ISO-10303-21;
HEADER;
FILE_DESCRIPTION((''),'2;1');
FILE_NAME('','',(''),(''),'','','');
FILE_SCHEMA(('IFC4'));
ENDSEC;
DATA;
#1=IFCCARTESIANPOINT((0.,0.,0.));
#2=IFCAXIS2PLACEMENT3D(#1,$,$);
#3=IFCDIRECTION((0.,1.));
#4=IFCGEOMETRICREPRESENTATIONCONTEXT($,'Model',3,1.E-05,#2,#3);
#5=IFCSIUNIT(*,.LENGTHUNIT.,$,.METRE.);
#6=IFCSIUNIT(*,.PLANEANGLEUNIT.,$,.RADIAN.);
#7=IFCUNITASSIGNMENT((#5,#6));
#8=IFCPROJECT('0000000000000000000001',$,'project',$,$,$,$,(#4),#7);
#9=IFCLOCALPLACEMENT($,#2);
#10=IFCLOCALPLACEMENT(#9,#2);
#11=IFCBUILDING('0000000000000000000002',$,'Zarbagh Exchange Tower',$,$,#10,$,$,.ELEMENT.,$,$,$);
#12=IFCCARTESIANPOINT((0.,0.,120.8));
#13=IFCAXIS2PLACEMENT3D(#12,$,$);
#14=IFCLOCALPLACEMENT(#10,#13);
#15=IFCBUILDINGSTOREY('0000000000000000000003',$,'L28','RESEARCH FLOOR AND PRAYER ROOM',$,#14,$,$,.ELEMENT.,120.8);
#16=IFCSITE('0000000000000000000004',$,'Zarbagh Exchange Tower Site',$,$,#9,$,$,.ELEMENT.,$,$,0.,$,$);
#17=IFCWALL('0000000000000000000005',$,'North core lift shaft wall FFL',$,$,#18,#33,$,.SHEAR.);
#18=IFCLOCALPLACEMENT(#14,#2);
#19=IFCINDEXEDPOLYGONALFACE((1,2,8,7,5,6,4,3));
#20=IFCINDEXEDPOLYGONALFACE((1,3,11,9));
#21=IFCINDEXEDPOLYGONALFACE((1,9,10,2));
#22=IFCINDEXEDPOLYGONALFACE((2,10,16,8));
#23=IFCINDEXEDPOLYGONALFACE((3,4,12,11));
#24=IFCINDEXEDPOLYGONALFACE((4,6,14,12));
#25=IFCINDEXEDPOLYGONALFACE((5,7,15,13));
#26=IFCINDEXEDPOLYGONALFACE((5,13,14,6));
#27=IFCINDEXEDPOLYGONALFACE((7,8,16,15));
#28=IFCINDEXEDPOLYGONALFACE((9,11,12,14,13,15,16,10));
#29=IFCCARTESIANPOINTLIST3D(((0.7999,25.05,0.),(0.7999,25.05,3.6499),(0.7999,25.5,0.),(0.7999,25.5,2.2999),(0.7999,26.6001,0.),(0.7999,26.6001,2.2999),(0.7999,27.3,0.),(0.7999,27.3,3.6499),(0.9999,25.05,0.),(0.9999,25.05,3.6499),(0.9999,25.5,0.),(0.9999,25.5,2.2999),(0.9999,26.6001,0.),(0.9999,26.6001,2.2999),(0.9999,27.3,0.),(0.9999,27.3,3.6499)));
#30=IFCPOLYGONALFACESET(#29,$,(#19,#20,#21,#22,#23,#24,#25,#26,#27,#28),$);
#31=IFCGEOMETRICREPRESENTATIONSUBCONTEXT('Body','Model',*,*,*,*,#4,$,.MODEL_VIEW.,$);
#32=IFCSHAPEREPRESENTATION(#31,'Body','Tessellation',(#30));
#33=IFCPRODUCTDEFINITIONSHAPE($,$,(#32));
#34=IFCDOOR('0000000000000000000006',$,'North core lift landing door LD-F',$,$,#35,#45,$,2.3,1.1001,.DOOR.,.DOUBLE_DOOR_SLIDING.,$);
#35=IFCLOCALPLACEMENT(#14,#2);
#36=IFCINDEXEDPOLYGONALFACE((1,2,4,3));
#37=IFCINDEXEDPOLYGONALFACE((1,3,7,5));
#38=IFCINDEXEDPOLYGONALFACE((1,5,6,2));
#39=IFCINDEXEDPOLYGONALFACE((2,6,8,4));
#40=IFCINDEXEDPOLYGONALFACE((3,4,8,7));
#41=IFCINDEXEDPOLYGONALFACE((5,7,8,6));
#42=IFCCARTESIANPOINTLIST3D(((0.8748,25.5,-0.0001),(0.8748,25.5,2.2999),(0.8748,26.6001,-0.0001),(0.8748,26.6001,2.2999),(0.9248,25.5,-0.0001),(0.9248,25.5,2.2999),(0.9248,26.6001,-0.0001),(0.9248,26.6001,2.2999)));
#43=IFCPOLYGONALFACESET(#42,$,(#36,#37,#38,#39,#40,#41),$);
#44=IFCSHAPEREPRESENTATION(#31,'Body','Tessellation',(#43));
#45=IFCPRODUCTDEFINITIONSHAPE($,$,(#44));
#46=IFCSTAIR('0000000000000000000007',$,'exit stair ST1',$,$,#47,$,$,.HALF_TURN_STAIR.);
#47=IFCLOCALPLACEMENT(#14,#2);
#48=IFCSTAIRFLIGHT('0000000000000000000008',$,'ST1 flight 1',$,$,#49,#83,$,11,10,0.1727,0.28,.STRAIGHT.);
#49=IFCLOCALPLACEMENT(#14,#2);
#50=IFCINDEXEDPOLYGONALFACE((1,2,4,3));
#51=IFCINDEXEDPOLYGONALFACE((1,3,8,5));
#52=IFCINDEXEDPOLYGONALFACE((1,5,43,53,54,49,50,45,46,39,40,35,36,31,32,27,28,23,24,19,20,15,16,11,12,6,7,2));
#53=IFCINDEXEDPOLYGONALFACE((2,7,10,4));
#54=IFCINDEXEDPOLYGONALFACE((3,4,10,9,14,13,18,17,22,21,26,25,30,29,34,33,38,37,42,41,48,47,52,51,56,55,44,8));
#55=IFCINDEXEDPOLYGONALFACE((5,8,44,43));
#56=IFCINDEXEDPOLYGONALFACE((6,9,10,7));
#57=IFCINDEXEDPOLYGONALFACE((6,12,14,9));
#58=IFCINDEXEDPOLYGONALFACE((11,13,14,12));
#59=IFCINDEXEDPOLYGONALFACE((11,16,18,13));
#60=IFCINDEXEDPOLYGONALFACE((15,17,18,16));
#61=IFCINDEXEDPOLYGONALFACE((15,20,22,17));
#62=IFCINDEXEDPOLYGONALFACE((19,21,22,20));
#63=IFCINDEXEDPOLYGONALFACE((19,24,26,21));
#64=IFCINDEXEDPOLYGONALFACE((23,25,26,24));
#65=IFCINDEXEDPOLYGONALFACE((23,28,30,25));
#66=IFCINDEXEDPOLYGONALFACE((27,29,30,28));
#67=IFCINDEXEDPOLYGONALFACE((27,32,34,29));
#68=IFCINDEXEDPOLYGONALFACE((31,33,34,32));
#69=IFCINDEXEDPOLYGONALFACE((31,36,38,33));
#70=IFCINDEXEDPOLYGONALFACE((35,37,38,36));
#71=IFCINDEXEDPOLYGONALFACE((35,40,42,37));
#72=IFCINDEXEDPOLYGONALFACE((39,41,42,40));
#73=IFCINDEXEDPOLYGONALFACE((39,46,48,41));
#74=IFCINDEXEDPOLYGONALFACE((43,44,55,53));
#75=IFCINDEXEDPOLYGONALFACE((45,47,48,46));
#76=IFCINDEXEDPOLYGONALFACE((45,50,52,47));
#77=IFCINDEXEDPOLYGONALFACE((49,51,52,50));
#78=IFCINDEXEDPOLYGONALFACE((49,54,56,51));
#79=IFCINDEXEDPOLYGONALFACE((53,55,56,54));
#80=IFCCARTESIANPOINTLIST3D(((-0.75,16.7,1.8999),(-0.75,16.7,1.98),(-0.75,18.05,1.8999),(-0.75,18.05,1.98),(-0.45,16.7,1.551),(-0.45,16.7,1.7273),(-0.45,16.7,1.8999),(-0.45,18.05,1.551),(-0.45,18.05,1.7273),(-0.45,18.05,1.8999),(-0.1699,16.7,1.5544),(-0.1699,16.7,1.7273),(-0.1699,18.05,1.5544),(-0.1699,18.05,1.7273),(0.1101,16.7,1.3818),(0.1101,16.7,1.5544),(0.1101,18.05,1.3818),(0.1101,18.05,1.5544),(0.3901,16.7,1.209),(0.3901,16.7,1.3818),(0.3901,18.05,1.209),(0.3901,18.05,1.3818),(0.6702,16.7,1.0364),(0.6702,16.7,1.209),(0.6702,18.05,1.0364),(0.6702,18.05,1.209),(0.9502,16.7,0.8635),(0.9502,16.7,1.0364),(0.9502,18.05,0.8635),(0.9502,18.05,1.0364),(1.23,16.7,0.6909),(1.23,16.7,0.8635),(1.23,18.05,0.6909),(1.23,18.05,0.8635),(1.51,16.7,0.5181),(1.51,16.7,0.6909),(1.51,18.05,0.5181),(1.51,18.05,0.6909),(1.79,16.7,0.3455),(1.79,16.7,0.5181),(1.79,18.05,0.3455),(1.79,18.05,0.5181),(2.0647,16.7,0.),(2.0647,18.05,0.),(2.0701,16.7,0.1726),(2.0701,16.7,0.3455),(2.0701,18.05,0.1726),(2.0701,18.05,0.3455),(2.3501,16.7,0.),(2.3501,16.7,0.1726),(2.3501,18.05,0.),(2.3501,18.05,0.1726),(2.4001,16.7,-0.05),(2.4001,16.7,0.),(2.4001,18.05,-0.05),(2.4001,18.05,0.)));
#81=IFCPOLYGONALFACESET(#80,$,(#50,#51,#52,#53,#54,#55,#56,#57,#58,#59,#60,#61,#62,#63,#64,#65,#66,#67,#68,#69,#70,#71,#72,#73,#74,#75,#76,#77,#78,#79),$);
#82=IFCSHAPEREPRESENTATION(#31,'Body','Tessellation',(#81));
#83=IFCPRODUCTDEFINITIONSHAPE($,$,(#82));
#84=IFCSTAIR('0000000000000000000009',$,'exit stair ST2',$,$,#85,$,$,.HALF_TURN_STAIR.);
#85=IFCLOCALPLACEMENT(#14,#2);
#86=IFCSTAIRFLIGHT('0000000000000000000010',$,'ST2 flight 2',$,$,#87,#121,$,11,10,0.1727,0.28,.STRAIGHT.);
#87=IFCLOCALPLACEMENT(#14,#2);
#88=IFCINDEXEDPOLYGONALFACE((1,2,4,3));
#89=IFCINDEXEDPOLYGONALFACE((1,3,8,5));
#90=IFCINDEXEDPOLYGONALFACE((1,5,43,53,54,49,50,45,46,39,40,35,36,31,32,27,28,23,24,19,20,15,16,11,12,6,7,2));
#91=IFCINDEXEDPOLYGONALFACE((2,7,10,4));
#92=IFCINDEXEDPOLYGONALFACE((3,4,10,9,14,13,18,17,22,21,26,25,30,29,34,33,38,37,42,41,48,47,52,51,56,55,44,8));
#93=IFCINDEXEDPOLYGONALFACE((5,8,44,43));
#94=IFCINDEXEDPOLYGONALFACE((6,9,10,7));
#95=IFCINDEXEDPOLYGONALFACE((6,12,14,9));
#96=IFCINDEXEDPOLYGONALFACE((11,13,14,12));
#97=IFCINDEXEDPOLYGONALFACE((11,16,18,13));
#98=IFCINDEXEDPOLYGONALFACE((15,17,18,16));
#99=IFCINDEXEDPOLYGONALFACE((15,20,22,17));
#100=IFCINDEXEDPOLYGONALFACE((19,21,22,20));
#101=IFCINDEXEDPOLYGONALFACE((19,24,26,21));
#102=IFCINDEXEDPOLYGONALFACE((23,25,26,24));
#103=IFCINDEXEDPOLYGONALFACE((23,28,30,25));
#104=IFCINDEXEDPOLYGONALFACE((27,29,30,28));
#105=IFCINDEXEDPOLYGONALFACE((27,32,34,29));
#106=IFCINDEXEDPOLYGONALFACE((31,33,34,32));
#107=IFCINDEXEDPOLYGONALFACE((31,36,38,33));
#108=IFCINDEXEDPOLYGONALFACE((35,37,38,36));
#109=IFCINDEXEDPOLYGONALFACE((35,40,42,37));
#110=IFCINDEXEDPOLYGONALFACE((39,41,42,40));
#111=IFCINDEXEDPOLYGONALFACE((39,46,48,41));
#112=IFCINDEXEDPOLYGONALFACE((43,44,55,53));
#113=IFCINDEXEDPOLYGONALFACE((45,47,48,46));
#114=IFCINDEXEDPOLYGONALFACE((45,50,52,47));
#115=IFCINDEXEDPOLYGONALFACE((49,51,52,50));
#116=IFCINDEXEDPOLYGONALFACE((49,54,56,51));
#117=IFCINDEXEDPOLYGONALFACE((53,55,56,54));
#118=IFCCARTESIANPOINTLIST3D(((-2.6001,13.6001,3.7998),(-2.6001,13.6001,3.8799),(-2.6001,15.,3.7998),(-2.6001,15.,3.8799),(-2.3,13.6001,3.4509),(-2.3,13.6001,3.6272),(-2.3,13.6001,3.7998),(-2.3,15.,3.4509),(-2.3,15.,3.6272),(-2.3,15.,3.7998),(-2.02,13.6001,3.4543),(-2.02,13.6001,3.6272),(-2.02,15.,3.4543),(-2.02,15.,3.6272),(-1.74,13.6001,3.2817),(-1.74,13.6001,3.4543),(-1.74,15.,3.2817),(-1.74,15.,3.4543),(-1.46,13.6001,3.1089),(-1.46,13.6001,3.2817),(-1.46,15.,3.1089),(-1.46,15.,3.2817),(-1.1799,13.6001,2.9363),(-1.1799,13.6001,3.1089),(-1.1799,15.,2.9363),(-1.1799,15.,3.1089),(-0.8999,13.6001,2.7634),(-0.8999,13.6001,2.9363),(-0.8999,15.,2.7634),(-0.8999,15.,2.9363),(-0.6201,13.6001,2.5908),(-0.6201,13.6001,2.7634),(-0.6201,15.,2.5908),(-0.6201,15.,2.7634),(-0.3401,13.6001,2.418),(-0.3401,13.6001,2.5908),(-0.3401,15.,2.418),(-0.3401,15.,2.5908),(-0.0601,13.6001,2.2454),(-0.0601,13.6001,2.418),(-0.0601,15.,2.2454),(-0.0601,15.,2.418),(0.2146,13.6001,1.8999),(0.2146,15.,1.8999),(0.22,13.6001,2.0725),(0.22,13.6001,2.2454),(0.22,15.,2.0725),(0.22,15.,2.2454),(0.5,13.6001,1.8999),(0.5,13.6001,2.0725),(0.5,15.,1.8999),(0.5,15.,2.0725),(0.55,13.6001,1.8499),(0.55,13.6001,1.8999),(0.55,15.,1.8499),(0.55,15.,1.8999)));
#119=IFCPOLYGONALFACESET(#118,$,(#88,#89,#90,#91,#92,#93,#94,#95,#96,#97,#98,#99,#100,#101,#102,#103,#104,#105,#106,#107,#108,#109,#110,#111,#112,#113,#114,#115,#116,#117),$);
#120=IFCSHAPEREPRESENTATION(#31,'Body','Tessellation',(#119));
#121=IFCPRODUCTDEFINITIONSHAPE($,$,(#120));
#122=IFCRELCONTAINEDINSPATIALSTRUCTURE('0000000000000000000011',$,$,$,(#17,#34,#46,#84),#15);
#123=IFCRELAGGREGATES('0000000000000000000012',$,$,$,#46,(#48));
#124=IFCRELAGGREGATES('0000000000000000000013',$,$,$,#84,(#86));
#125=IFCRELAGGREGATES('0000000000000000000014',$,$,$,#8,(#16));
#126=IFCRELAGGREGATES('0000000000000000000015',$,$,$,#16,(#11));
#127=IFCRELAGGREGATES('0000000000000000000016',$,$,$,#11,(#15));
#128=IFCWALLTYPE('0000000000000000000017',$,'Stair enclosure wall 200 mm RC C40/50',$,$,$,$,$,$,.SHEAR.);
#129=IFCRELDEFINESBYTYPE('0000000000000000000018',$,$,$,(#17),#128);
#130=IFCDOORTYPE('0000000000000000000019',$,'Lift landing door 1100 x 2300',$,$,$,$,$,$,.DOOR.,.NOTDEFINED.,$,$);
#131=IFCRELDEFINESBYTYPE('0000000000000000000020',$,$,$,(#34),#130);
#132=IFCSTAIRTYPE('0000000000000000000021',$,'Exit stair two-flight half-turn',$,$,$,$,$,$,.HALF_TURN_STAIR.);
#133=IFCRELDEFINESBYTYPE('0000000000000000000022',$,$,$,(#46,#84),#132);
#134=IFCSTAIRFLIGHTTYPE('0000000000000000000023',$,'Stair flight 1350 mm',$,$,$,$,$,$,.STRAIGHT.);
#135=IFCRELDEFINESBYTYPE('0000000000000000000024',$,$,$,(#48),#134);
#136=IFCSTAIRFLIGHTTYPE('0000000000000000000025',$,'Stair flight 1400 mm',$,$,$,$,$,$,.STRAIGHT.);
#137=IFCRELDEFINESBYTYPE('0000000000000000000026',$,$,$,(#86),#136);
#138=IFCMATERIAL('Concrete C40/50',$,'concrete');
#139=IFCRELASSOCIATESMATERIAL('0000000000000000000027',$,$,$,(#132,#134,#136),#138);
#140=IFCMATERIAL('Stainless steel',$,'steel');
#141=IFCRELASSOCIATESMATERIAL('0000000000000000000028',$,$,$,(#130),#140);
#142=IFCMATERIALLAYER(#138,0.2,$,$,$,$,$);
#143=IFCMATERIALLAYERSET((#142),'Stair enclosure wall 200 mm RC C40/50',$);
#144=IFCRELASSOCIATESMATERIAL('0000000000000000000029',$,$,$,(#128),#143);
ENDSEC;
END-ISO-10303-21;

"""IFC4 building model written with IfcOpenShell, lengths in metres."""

from ifc_helpers import new_model, si_unit, direction, frame, frame_2d, origin, place, context, subcontext, project, spatial, polyline, rectangle, outline, extrude, material, layer, layer_set, type_object, element, fill, aggregate, save


model = new_model("IFC4")

# Units and contexts
model_context = context("Model", 3, precision=1e-05, world=origin(), true_north=direction((0.0, 1.0)))
body_context = subcontext(model_context, "Body", "Model", "MODEL_VIEW")
ifc_project = project(units=[si_unit("LENGTHUNIT", "METRE"), si_unit("PLANEANGLEUNIT", "RADIAN")], contexts=[model_context])

# Site, building, storey
site_placement = place(None, origin())
site = spatial("IfcSite", under=ifc_project, at=site_placement, Name="Zarbagh Exchange Tower Site", CompositionType="ELEMENT", RefElevation=0.0)
building_placement = place(site_placement, origin())
building = spatial("IfcBuilding", under=site, at=building_placement, Name="Zarbagh Exchange Tower", CompositionType="ELEMENT")
storey_placement = place(building_placement, frame((0.0, 0.0, 120.8)))
storey = spatial("IfcBuildingStorey", under=building, at=storey_placement, Name="L28", Description="RESEARCH FLOOR AND PRAYER ROOM", CompositionType="ELEMENT", Elevation=120.8)

# Shared definitions
ifc_material_1 = material(Name="Concrete C40/50", Category="concrete")
stair_type = type_object("IfcStairType", Name="Exit stair two-flight half-turn", PredefinedType="HALF_TURN_STAIR", material=ifc_material_1)

# Shared definitions
ifc_material_2 = material(Name="Stainless steel", Category="steel")
door_type_1 = type_object("IfcDoorType", Name="Lift landing door 1100 x 2300", OperationType="NOTDEFINED", PredefinedType="DOOR", material=ifc_material_2)

# Wall, opening, door
ifc_layer_1 = layer(ifc_material_1, 0.2)
ifc_layer_set_1 = layer_set([ifc_layer_1], Name="Stair enclosure wall 200 mm RC C40/50")
wall_type_1 = type_object("IfcWallType", Name="Stair enclosure wall 200 mm RC C40/50", PredefinedType="SHEAR", material=ifc_layer_set_1)
wall_1_placement = place(storey_placement, frame((0.8999, 27.3, 0.0), z_axis=(0.0, 0.0, 1.0), x_axis=(0.0, -1.0, 0.0)))
wall_1 = element("IfcWall", 1, at=wall_1_placement, inside=storey, type_object=wall_type_1, Name="North core lift shaft wall FFL", PredefinedType="SHEAR", context=body_context, shape_type="SweptSolid", body=[
    extrude(rectangle(XDim=2.25, YDim=0.2, at=frame_2d((1.125, 0.0))), origin(), (0.0, 0.0, 1.0), 3.6499),
])
opening_1_placement = place(wall_1_placement, frame((0.7, 0.0, 0.0)))
opening_1 = element("IfcOpeningElement", 2, at=opening_1_placement, cuts=wall_1, PredefinedType="OPENING", context=body_context, shape_type="SweptSolid", body=[
    extrude(rectangle(XDim=1.1001, YDim=2.3, at=frame_2d((0.55, 1.1499))), frame((0.0, 0.1099, 0.0), z_axis=(0.0, -1.0, 0.0), x_axis=(1.0, 0.0, 0.0)), (0.0, 0.0, 1.0), 0.22),
])
door_1_placement = place(opening_1_placement, origin())
door_1 = element("IfcDoor", 3, at=door_1_placement, inside=storey, type_object=door_type_1, Name="North core lift landing door LD-F", OperationType="DOUBLE_DOOR_SLIDING", OverallHeight=2.3, OverallWidth=1.1001, PredefinedType="DOOR", context=body_context, shape_type="SweptSolid", body=[
    extrude(rectangle(XDim=1.1001, YDim=2.3, at=frame_2d((0.55, 1.1499))), frame((0.0, 0.0249, 0.0), z_axis=(0.0, -1.0, 0.0), x_axis=(1.0, 0.0, 0.0)), (0.0, 0.0, 1.0), 0.05),
])
fill(opening_1, door_1)

# Stairs, stair flights
stair_1_placement = place(storey_placement, origin())
stair_1 = element("IfcStair", 4, at=stair_1_placement, inside=storey, type_object=stair_type, Name="exit stair ST1", PredefinedType="HALF_TURN_STAIR")
stair_flight_type_1 = type_object("IfcStairFlightType", Name="Stair flight 1350 mm", PredefinedType="STRAIGHT", material=ifc_material_1)
stair_flight_1_placement = place(storey_placement, frame((2.3501, 17.375, 0.0), z_axis=(0.0, 0.0, 1.0), x_axis=(-1.0, 0.0, 0.0)))
stair_flight_1 = element("IfcStairFlight", 5, at=stair_flight_1_placement, type_object=stair_flight_type_1, Name="ST1 flight 1", NumberOfRisers=11, NumberOfTreads=10, PredefinedType="STRAIGHT", RiserHeight=0.1727, TreadLength=0.28, context=body_context, shape_type="SweptSolid", body=[
    extrude(outline(polyline([(-0.05, -0.05), (-0.05, 0.0), (0.0, 0.0), (0.0, 0.1726), (0.28, 0.1726), (0.28, 0.3455), (0.5601, 0.3455), (0.5601, 0.5181), (0.8401, 0.5181), (0.8401, 0.6909), (1.1201, 0.6909), (1.1201, 0.8635), (1.3999, 0.8635), (1.3999, 1.0364), (1.6799, 1.0364), (1.6799, 1.209), (1.96, 1.209), (1.96, 1.3818), (2.24, 1.3818), (2.24, 1.5544), (2.52, 1.5544), (2.52, 1.7273), (2.8, 1.7273), (2.8, 1.8999), (3.1001, 1.98), (3.1001, 1.8999), (2.8, 1.551), (0.2854, 0.0), (-0.05, -0.05)])), frame((0.0, 0.675, 0.0), z_axis=(0.0, -1.0, 0.0), x_axis=(1.0, 0.0, 0.0)), (0.0, 0.0, 1.0), 1.3501),
])
aggregate(stair_1, [stair_flight_1])
stair_2_placement = place(storey_placement, origin())
stair_2 = element("IfcStair", 6, at=stair_2_placement, inside=storey, type_object=stair_type, Name="exit stair ST2", PredefinedType="HALF_TURN_STAIR")
stair_flight_type_2 = type_object("IfcStairFlightType", Name="Stair flight 1400 mm", PredefinedType="STRAIGHT", material=ifc_material_1)
stair_flight_2_placement = place(storey_placement, frame((0.5, 14.3, 1.8999), z_axis=(0.0, 0.0, 1.0), x_axis=(-1.0, 0.0, 0.0)))
stair_flight_2 = element("IfcStairFlight", 7, at=stair_flight_2_placement, type_object=stair_flight_type_2, Name="ST2 flight 2", NumberOfRisers=11, NumberOfTreads=10, PredefinedType="STRAIGHT", RiserHeight=0.1727, TreadLength=0.28, context=body_context, shape_type="SweptSolid", body=[
    extrude(outline(polyline([(-0.05, -0.05), (-0.05, 0.0), (0.0, 0.0), (0.0, 0.1726), (0.28, 0.1726), (0.28, 0.3455), (0.5601, 0.3455), (0.5601, 0.5181), (0.8401, 0.5181), (0.8401, 0.6909), (1.1201, 0.6909), (1.1201, 0.8635), (1.3999, 0.8635), (1.3999, 1.0364), (1.6799, 1.0364), (1.6799, 1.209), (1.96, 1.209), (1.96, 1.3818), (2.24, 1.3818), (2.24, 1.5544), (2.52, 1.5544), (2.52, 1.7273), (2.8, 1.7273), (2.8, 1.8999), (3.1001, 1.98), (3.1001, 1.8999), (2.8, 1.551), (0.2854, 0.0), (-0.05, -0.05)])), frame((0.0, 0.7, 0.0), z_axis=(0.0, -1.0, 0.0), x_axis=(1.0, 0.0, 0.0)), (0.0, 0.0, 1.0), 1.3999),
])
aggregate(stair_2, [stair_flight_2])

save(model, "model.ifc")
